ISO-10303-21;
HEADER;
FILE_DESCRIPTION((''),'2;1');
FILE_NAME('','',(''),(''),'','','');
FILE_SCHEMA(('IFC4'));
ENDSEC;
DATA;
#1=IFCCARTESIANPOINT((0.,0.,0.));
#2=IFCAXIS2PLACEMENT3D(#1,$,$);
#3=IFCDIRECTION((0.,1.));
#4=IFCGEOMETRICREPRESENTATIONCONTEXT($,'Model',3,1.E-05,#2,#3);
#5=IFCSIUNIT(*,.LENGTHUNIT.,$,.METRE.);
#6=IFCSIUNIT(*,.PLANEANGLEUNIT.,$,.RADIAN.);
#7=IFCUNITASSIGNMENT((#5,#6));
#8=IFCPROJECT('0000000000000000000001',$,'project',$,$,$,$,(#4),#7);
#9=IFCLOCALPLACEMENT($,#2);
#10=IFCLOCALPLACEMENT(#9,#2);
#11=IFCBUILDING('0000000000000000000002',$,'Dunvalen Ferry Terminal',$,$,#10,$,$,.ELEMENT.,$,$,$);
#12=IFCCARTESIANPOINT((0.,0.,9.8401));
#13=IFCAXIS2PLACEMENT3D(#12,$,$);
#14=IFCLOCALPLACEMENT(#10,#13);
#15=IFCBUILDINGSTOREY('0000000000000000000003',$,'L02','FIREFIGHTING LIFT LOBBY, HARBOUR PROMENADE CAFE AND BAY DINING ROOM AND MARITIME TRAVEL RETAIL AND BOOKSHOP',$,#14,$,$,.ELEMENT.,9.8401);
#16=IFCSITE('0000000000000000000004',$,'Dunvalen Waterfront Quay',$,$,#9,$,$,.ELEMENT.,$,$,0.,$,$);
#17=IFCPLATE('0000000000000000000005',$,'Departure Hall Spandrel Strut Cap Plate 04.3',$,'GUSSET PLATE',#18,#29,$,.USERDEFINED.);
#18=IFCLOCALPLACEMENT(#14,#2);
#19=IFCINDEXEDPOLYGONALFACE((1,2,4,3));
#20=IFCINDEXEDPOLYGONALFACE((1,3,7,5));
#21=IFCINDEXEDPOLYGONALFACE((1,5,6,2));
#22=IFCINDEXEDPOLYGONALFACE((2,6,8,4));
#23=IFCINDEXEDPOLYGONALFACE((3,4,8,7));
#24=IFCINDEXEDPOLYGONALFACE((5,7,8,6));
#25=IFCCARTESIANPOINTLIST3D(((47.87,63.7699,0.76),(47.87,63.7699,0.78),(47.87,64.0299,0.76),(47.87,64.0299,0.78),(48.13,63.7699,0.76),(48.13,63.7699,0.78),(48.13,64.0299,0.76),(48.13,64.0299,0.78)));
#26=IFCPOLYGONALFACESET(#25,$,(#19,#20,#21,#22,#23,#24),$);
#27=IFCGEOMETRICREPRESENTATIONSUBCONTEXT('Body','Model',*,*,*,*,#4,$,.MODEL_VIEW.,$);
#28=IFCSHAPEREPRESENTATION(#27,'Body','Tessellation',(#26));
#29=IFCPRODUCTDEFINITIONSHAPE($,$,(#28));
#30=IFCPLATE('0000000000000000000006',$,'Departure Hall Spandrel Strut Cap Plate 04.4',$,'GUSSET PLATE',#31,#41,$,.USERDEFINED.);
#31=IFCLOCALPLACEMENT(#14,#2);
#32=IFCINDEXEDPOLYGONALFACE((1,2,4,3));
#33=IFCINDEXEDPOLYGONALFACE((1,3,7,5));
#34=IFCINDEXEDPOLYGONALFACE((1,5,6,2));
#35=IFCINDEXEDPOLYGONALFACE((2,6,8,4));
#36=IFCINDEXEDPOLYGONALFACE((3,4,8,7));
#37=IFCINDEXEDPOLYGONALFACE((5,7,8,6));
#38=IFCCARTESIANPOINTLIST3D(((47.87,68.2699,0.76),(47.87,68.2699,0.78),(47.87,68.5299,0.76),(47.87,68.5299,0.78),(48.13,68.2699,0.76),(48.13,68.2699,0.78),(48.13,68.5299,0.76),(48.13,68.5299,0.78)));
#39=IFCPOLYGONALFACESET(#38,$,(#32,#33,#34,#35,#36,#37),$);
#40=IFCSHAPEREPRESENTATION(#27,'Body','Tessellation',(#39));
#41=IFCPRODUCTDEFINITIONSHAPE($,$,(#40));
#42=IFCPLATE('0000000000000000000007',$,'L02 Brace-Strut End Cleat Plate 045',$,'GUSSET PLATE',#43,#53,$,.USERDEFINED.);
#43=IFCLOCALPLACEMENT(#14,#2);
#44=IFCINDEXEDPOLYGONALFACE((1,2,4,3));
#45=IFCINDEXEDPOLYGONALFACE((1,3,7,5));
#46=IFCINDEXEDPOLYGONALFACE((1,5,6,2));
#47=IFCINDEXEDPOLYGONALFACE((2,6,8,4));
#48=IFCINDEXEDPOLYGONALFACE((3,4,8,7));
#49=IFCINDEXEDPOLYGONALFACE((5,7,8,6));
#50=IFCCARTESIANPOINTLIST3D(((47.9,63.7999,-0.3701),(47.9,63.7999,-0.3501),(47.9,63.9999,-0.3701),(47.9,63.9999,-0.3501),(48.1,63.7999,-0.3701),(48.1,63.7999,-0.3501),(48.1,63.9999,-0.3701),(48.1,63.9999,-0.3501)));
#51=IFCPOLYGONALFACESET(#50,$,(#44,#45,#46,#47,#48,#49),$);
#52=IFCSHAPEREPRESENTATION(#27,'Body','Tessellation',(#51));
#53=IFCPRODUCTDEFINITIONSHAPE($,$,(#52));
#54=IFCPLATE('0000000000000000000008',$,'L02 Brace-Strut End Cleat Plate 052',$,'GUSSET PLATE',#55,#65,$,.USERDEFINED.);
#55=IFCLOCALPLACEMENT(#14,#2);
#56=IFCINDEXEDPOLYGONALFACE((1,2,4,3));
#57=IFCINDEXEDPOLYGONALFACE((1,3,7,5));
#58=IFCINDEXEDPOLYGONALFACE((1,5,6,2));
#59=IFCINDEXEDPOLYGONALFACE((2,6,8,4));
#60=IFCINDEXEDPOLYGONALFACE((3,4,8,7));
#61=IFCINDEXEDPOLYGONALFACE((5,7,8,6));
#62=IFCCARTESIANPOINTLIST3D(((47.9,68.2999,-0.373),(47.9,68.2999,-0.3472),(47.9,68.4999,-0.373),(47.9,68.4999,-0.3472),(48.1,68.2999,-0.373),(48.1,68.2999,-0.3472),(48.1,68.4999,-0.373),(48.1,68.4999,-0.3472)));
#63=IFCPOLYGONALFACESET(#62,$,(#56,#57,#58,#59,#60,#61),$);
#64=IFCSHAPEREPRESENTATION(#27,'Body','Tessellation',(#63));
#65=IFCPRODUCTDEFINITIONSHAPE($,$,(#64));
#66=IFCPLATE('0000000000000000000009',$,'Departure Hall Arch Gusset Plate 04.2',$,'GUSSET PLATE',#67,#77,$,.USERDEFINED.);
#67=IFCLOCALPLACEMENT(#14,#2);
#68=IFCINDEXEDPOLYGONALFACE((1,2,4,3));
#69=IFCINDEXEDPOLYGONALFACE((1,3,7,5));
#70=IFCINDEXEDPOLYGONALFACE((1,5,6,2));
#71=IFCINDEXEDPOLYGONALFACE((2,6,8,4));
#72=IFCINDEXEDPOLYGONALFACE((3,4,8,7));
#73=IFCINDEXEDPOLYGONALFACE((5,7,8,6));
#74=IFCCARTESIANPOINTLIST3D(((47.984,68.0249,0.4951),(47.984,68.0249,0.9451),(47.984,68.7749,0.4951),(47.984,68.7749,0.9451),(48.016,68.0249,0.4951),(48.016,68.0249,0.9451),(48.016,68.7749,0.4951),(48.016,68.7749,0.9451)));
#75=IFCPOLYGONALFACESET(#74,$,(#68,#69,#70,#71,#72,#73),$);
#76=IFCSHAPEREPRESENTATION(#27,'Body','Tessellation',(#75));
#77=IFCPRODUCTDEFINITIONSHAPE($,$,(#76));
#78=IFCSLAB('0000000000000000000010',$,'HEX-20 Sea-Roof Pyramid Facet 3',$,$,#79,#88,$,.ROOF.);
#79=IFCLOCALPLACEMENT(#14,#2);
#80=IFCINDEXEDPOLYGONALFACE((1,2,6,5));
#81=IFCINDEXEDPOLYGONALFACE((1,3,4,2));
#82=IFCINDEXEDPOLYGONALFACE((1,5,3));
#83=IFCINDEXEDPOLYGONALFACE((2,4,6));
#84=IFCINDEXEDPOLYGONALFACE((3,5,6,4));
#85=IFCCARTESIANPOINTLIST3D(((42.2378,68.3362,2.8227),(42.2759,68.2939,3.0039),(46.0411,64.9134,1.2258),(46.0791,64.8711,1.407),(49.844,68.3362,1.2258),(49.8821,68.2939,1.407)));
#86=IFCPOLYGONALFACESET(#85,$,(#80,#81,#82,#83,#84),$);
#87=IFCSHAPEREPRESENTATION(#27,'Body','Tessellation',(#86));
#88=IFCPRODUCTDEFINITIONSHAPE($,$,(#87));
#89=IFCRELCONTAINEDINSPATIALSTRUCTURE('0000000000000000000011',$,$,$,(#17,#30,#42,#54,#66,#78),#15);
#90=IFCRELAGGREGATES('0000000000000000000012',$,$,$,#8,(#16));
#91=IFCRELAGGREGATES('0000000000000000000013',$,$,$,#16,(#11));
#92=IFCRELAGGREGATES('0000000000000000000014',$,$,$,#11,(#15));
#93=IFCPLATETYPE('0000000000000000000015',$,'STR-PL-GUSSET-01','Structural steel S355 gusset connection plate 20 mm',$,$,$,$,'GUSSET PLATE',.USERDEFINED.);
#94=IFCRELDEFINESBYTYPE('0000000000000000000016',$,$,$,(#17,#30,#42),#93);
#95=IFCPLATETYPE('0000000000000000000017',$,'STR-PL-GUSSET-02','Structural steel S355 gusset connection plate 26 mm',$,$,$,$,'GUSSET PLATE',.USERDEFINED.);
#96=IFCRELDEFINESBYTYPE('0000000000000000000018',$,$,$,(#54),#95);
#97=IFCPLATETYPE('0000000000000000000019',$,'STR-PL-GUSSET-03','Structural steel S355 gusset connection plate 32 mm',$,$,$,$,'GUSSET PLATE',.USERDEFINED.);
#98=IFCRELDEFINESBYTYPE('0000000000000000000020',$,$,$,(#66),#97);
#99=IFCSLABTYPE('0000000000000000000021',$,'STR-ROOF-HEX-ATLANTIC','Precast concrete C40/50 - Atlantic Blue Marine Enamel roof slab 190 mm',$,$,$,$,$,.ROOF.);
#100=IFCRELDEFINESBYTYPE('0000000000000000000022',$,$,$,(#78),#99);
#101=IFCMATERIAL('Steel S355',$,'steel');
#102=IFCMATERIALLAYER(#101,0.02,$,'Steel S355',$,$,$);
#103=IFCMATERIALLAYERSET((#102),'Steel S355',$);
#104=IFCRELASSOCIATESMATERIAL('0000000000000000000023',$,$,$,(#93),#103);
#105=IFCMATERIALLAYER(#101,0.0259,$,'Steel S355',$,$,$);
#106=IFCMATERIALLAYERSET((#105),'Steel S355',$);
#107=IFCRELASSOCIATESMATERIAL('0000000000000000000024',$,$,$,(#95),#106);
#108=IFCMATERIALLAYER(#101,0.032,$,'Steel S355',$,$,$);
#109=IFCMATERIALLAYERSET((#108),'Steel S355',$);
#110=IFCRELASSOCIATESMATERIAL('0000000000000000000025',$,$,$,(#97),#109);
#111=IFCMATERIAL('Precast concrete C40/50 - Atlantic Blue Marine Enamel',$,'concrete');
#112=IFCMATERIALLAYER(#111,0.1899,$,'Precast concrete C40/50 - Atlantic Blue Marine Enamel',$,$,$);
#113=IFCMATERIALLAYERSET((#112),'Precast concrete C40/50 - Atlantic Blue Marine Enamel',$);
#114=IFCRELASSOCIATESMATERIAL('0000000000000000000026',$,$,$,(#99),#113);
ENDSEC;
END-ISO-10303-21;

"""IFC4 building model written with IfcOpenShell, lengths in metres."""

from ifc_helpers import new_model, si_unit, direction, frame, origin, origin_2d, place, context, subcontext, project, spatial, polyline, rectangle, outline, extrude, material, layer, layer_set, type_object, element, save


model = new_model("IFC4")

# Units and contexts
model_context = context("Model", 3, precision=1e-05, world=origin(), true_north=direction((0.0, 1.0)))
body_context = subcontext(model_context, "Body", "Model", "MODEL_VIEW")
ifc_project = project(units=[si_unit("LENGTHUNIT", "METRE"), si_unit("PLANEANGLEUNIT", "RADIAN")], contexts=[model_context])

# Site, building, storey
site_placement = place(None, origin())
site = spatial("IfcSite", under=ifc_project, at=site_placement, Name="Dunvalen Waterfront Quay", CompositionType="ELEMENT", RefElevation=0.0)
building_placement = place(site_placement, origin())
building = spatial("IfcBuilding", under=site, at=building_placement, Name="Dunvalen Ferry Terminal", CompositionType="ELEMENT")
storey_placement = place(building_placement, frame((0.0, 0.0, 9.8401)))
storey = spatial("IfcBuildingStorey", under=building, at=storey_placement, Name="L02", Description="FIREFIGHTING LIFT LOBBY, HARBOUR PROMENADE CAFE AND BAY DINING ROOM AND MARITIME TRAVEL RETAIL AND BOOKSHOP", CompositionType="ELEMENT", Elevation=9.8401)

# Shared definitions
ifc_material_1 = material(Name="Steel S355", Category="steel")

# Plates
ifc_layer_1 = layer(ifc_material_1, 0.02, Name="Steel S355")
ifc_layer_set_1 = layer_set([ifc_layer_1], Name="Steel S355")
plate_type_1 = type_object("IfcPlateType", Name="STR-PL-GUSSET-01", Description="Structural steel S355 gusset connection plate 20 mm", ElementType="GUSSET PLATE", PredefinedType="USERDEFINED", material=ifc_layer_set_1)
for number, where, z_axis, x_axis, name in (
    (1, (48.0, 63.8999, 0.76), (0.0, 0.0, 1.0), (1.0, 0.0, 0.0), "Departure Hall Spandrel Strut Cap Plate 04.3"),
    (2, (48.0, 68.3999, 0.76), (0.0, 0.0, 1.0), (1.0, 0.0, 0.0), "Departure Hall Spandrel Strut Cap Plate 04.4"),
):
    element("IfcPlate", number, at=place(storey_placement, frame(where, z_axis=z_axis, x_axis=x_axis)), inside=storey, type_object=plate_type_1, Name=name, ObjectType="GUSSET PLATE", PredefinedType="USERDEFINED", context=body_context, shape_type="SweptSolid", body=[
        extrude(rectangle(XDim=0.26, YDim=0.26, at=origin_2d()), origin(), (0.0, 0.0, 1.0), 0.02),
    ])
plate_1_placement = place(storey_placement, frame((48.0, 63.8999, -0.3701), z_axis=(0.0, 0.0, 1.0), x_axis=(1.0, 0.0, 0.0)))
element("IfcPlate", 3, at=plate_1_placement, inside=storey, type_object=plate_type_1, Name="L02 Brace-Strut End Cleat Plate 045", ObjectType="GUSSET PLATE", PredefinedType="USERDEFINED", context=body_context, shape_type="SweptSolid", body=[
    extrude(rectangle(XDim=0.2, YDim=0.2, at=origin_2d()), origin(), (0.0, 0.0, 1.0), 0.02),
])
ifc_layer_2 = layer(ifc_material_1, 0.0259, Name="Steel S355")
ifc_layer_set_2 = layer_set([ifc_layer_2], Name="Steel S355")
plate_type_2 = type_object("IfcPlateType", Name="STR-PL-GUSSET-02", Description="Structural steel S355 gusset connection plate 26 mm", ElementType="GUSSET PLATE", PredefinedType="USERDEFINED", material=ifc_layer_set_2)
plate_2_placement = place(storey_placement, frame((48.0, 68.3999, -0.373), z_axis=(0.0, 0.0, 1.0), x_axis=(1.0, 0.0, 0.0)))
element("IfcPlate", 4, at=plate_2_placement, inside=storey, type_object=plate_type_2, Name="L02 Brace-Strut End Cleat Plate 052", ObjectType="GUSSET PLATE", PredefinedType="USERDEFINED", context=body_context, shape_type="SweptSolid", body=[
    extrude(rectangle(XDim=0.2, YDim=0.2, at=origin_2d()), origin(), (0.0, 0.0, 1.0), 0.0259),
])
ifc_layer_3 = layer(ifc_material_1, 0.032, Name="Steel S355")
ifc_layer_set_3 = layer_set([ifc_layer_3], Name="Steel S355")
plate_type_3 = type_object("IfcPlateType", Name="STR-PL-GUSSET-03", Description="Structural steel S355 gusset connection plate 32 mm", ElementType="GUSSET PLATE", PredefinedType="USERDEFINED", material=ifc_layer_set_3)
plate_3_placement = place(storey_placement, frame((48.0, 68.3999, 0.4951), z_axis=(0.0, 0.0, 1.0), x_axis=(1.0, 0.0, 0.0)))
element("IfcPlate", 5, at=plate_3_placement, inside=storey, type_object=plate_type_3, Name="Departure Hall Arch Gusset Plate 04.2", ObjectType="GUSSET PLATE", PredefinedType="USERDEFINED", context=body_context, shape_type="SweptSolid", body=[
    extrude(rectangle(XDim=0.032, YDim=0.75, at=origin_2d()), origin(), (0.0, 0.0, 1.0), 0.45),
])

# Slab
ifc_material_2 = material(Name="Precast concrete C40/50 - Atlantic Blue Marine Enamel", Category="concrete")
ifc_layer_4 = layer(ifc_material_2, 0.1899, Name="Precast concrete C40/50 - Atlantic Blue Marine Enamel")
ifc_layer_set_4 = layer_set([ifc_layer_4], Name="Precast concrete C40/50 - Atlantic Blue Marine Enamel")
slab_type = type_object("IfcSlabType", Name="STR-ROOF-HEX-ATLANTIC", Description="Precast concrete C40/50 - Atlantic Blue Marine Enamel roof slab 190 mm", PredefinedType="ROOF", material=ifc_layer_set_4)
slab_placement = place(storey_placement, frame((46.0791, 64.8711, 1.407), z_axis=(0.200317, -0.222563, 0.954117), x_axis=(0.743278, 0.668983, 0.0)))
element("IfcSlab", 6, at=slab_placement, inside=storey, type_object=slab_type, Name="HEX-20 Sea-Roof Pyramid Facet 3", PredefinedType="ROOF", context=body_context, shape_type="SweptSolid", body=[
    extrude(outline(polyline([(0.0, 0.0), (5.1165, 0.0), (-0.537, 5.3331), (0.0, 0.0)])), origin(), (0.0, 0.0, -1.0), 0.1899),
])

save(model, "model.ifc")
